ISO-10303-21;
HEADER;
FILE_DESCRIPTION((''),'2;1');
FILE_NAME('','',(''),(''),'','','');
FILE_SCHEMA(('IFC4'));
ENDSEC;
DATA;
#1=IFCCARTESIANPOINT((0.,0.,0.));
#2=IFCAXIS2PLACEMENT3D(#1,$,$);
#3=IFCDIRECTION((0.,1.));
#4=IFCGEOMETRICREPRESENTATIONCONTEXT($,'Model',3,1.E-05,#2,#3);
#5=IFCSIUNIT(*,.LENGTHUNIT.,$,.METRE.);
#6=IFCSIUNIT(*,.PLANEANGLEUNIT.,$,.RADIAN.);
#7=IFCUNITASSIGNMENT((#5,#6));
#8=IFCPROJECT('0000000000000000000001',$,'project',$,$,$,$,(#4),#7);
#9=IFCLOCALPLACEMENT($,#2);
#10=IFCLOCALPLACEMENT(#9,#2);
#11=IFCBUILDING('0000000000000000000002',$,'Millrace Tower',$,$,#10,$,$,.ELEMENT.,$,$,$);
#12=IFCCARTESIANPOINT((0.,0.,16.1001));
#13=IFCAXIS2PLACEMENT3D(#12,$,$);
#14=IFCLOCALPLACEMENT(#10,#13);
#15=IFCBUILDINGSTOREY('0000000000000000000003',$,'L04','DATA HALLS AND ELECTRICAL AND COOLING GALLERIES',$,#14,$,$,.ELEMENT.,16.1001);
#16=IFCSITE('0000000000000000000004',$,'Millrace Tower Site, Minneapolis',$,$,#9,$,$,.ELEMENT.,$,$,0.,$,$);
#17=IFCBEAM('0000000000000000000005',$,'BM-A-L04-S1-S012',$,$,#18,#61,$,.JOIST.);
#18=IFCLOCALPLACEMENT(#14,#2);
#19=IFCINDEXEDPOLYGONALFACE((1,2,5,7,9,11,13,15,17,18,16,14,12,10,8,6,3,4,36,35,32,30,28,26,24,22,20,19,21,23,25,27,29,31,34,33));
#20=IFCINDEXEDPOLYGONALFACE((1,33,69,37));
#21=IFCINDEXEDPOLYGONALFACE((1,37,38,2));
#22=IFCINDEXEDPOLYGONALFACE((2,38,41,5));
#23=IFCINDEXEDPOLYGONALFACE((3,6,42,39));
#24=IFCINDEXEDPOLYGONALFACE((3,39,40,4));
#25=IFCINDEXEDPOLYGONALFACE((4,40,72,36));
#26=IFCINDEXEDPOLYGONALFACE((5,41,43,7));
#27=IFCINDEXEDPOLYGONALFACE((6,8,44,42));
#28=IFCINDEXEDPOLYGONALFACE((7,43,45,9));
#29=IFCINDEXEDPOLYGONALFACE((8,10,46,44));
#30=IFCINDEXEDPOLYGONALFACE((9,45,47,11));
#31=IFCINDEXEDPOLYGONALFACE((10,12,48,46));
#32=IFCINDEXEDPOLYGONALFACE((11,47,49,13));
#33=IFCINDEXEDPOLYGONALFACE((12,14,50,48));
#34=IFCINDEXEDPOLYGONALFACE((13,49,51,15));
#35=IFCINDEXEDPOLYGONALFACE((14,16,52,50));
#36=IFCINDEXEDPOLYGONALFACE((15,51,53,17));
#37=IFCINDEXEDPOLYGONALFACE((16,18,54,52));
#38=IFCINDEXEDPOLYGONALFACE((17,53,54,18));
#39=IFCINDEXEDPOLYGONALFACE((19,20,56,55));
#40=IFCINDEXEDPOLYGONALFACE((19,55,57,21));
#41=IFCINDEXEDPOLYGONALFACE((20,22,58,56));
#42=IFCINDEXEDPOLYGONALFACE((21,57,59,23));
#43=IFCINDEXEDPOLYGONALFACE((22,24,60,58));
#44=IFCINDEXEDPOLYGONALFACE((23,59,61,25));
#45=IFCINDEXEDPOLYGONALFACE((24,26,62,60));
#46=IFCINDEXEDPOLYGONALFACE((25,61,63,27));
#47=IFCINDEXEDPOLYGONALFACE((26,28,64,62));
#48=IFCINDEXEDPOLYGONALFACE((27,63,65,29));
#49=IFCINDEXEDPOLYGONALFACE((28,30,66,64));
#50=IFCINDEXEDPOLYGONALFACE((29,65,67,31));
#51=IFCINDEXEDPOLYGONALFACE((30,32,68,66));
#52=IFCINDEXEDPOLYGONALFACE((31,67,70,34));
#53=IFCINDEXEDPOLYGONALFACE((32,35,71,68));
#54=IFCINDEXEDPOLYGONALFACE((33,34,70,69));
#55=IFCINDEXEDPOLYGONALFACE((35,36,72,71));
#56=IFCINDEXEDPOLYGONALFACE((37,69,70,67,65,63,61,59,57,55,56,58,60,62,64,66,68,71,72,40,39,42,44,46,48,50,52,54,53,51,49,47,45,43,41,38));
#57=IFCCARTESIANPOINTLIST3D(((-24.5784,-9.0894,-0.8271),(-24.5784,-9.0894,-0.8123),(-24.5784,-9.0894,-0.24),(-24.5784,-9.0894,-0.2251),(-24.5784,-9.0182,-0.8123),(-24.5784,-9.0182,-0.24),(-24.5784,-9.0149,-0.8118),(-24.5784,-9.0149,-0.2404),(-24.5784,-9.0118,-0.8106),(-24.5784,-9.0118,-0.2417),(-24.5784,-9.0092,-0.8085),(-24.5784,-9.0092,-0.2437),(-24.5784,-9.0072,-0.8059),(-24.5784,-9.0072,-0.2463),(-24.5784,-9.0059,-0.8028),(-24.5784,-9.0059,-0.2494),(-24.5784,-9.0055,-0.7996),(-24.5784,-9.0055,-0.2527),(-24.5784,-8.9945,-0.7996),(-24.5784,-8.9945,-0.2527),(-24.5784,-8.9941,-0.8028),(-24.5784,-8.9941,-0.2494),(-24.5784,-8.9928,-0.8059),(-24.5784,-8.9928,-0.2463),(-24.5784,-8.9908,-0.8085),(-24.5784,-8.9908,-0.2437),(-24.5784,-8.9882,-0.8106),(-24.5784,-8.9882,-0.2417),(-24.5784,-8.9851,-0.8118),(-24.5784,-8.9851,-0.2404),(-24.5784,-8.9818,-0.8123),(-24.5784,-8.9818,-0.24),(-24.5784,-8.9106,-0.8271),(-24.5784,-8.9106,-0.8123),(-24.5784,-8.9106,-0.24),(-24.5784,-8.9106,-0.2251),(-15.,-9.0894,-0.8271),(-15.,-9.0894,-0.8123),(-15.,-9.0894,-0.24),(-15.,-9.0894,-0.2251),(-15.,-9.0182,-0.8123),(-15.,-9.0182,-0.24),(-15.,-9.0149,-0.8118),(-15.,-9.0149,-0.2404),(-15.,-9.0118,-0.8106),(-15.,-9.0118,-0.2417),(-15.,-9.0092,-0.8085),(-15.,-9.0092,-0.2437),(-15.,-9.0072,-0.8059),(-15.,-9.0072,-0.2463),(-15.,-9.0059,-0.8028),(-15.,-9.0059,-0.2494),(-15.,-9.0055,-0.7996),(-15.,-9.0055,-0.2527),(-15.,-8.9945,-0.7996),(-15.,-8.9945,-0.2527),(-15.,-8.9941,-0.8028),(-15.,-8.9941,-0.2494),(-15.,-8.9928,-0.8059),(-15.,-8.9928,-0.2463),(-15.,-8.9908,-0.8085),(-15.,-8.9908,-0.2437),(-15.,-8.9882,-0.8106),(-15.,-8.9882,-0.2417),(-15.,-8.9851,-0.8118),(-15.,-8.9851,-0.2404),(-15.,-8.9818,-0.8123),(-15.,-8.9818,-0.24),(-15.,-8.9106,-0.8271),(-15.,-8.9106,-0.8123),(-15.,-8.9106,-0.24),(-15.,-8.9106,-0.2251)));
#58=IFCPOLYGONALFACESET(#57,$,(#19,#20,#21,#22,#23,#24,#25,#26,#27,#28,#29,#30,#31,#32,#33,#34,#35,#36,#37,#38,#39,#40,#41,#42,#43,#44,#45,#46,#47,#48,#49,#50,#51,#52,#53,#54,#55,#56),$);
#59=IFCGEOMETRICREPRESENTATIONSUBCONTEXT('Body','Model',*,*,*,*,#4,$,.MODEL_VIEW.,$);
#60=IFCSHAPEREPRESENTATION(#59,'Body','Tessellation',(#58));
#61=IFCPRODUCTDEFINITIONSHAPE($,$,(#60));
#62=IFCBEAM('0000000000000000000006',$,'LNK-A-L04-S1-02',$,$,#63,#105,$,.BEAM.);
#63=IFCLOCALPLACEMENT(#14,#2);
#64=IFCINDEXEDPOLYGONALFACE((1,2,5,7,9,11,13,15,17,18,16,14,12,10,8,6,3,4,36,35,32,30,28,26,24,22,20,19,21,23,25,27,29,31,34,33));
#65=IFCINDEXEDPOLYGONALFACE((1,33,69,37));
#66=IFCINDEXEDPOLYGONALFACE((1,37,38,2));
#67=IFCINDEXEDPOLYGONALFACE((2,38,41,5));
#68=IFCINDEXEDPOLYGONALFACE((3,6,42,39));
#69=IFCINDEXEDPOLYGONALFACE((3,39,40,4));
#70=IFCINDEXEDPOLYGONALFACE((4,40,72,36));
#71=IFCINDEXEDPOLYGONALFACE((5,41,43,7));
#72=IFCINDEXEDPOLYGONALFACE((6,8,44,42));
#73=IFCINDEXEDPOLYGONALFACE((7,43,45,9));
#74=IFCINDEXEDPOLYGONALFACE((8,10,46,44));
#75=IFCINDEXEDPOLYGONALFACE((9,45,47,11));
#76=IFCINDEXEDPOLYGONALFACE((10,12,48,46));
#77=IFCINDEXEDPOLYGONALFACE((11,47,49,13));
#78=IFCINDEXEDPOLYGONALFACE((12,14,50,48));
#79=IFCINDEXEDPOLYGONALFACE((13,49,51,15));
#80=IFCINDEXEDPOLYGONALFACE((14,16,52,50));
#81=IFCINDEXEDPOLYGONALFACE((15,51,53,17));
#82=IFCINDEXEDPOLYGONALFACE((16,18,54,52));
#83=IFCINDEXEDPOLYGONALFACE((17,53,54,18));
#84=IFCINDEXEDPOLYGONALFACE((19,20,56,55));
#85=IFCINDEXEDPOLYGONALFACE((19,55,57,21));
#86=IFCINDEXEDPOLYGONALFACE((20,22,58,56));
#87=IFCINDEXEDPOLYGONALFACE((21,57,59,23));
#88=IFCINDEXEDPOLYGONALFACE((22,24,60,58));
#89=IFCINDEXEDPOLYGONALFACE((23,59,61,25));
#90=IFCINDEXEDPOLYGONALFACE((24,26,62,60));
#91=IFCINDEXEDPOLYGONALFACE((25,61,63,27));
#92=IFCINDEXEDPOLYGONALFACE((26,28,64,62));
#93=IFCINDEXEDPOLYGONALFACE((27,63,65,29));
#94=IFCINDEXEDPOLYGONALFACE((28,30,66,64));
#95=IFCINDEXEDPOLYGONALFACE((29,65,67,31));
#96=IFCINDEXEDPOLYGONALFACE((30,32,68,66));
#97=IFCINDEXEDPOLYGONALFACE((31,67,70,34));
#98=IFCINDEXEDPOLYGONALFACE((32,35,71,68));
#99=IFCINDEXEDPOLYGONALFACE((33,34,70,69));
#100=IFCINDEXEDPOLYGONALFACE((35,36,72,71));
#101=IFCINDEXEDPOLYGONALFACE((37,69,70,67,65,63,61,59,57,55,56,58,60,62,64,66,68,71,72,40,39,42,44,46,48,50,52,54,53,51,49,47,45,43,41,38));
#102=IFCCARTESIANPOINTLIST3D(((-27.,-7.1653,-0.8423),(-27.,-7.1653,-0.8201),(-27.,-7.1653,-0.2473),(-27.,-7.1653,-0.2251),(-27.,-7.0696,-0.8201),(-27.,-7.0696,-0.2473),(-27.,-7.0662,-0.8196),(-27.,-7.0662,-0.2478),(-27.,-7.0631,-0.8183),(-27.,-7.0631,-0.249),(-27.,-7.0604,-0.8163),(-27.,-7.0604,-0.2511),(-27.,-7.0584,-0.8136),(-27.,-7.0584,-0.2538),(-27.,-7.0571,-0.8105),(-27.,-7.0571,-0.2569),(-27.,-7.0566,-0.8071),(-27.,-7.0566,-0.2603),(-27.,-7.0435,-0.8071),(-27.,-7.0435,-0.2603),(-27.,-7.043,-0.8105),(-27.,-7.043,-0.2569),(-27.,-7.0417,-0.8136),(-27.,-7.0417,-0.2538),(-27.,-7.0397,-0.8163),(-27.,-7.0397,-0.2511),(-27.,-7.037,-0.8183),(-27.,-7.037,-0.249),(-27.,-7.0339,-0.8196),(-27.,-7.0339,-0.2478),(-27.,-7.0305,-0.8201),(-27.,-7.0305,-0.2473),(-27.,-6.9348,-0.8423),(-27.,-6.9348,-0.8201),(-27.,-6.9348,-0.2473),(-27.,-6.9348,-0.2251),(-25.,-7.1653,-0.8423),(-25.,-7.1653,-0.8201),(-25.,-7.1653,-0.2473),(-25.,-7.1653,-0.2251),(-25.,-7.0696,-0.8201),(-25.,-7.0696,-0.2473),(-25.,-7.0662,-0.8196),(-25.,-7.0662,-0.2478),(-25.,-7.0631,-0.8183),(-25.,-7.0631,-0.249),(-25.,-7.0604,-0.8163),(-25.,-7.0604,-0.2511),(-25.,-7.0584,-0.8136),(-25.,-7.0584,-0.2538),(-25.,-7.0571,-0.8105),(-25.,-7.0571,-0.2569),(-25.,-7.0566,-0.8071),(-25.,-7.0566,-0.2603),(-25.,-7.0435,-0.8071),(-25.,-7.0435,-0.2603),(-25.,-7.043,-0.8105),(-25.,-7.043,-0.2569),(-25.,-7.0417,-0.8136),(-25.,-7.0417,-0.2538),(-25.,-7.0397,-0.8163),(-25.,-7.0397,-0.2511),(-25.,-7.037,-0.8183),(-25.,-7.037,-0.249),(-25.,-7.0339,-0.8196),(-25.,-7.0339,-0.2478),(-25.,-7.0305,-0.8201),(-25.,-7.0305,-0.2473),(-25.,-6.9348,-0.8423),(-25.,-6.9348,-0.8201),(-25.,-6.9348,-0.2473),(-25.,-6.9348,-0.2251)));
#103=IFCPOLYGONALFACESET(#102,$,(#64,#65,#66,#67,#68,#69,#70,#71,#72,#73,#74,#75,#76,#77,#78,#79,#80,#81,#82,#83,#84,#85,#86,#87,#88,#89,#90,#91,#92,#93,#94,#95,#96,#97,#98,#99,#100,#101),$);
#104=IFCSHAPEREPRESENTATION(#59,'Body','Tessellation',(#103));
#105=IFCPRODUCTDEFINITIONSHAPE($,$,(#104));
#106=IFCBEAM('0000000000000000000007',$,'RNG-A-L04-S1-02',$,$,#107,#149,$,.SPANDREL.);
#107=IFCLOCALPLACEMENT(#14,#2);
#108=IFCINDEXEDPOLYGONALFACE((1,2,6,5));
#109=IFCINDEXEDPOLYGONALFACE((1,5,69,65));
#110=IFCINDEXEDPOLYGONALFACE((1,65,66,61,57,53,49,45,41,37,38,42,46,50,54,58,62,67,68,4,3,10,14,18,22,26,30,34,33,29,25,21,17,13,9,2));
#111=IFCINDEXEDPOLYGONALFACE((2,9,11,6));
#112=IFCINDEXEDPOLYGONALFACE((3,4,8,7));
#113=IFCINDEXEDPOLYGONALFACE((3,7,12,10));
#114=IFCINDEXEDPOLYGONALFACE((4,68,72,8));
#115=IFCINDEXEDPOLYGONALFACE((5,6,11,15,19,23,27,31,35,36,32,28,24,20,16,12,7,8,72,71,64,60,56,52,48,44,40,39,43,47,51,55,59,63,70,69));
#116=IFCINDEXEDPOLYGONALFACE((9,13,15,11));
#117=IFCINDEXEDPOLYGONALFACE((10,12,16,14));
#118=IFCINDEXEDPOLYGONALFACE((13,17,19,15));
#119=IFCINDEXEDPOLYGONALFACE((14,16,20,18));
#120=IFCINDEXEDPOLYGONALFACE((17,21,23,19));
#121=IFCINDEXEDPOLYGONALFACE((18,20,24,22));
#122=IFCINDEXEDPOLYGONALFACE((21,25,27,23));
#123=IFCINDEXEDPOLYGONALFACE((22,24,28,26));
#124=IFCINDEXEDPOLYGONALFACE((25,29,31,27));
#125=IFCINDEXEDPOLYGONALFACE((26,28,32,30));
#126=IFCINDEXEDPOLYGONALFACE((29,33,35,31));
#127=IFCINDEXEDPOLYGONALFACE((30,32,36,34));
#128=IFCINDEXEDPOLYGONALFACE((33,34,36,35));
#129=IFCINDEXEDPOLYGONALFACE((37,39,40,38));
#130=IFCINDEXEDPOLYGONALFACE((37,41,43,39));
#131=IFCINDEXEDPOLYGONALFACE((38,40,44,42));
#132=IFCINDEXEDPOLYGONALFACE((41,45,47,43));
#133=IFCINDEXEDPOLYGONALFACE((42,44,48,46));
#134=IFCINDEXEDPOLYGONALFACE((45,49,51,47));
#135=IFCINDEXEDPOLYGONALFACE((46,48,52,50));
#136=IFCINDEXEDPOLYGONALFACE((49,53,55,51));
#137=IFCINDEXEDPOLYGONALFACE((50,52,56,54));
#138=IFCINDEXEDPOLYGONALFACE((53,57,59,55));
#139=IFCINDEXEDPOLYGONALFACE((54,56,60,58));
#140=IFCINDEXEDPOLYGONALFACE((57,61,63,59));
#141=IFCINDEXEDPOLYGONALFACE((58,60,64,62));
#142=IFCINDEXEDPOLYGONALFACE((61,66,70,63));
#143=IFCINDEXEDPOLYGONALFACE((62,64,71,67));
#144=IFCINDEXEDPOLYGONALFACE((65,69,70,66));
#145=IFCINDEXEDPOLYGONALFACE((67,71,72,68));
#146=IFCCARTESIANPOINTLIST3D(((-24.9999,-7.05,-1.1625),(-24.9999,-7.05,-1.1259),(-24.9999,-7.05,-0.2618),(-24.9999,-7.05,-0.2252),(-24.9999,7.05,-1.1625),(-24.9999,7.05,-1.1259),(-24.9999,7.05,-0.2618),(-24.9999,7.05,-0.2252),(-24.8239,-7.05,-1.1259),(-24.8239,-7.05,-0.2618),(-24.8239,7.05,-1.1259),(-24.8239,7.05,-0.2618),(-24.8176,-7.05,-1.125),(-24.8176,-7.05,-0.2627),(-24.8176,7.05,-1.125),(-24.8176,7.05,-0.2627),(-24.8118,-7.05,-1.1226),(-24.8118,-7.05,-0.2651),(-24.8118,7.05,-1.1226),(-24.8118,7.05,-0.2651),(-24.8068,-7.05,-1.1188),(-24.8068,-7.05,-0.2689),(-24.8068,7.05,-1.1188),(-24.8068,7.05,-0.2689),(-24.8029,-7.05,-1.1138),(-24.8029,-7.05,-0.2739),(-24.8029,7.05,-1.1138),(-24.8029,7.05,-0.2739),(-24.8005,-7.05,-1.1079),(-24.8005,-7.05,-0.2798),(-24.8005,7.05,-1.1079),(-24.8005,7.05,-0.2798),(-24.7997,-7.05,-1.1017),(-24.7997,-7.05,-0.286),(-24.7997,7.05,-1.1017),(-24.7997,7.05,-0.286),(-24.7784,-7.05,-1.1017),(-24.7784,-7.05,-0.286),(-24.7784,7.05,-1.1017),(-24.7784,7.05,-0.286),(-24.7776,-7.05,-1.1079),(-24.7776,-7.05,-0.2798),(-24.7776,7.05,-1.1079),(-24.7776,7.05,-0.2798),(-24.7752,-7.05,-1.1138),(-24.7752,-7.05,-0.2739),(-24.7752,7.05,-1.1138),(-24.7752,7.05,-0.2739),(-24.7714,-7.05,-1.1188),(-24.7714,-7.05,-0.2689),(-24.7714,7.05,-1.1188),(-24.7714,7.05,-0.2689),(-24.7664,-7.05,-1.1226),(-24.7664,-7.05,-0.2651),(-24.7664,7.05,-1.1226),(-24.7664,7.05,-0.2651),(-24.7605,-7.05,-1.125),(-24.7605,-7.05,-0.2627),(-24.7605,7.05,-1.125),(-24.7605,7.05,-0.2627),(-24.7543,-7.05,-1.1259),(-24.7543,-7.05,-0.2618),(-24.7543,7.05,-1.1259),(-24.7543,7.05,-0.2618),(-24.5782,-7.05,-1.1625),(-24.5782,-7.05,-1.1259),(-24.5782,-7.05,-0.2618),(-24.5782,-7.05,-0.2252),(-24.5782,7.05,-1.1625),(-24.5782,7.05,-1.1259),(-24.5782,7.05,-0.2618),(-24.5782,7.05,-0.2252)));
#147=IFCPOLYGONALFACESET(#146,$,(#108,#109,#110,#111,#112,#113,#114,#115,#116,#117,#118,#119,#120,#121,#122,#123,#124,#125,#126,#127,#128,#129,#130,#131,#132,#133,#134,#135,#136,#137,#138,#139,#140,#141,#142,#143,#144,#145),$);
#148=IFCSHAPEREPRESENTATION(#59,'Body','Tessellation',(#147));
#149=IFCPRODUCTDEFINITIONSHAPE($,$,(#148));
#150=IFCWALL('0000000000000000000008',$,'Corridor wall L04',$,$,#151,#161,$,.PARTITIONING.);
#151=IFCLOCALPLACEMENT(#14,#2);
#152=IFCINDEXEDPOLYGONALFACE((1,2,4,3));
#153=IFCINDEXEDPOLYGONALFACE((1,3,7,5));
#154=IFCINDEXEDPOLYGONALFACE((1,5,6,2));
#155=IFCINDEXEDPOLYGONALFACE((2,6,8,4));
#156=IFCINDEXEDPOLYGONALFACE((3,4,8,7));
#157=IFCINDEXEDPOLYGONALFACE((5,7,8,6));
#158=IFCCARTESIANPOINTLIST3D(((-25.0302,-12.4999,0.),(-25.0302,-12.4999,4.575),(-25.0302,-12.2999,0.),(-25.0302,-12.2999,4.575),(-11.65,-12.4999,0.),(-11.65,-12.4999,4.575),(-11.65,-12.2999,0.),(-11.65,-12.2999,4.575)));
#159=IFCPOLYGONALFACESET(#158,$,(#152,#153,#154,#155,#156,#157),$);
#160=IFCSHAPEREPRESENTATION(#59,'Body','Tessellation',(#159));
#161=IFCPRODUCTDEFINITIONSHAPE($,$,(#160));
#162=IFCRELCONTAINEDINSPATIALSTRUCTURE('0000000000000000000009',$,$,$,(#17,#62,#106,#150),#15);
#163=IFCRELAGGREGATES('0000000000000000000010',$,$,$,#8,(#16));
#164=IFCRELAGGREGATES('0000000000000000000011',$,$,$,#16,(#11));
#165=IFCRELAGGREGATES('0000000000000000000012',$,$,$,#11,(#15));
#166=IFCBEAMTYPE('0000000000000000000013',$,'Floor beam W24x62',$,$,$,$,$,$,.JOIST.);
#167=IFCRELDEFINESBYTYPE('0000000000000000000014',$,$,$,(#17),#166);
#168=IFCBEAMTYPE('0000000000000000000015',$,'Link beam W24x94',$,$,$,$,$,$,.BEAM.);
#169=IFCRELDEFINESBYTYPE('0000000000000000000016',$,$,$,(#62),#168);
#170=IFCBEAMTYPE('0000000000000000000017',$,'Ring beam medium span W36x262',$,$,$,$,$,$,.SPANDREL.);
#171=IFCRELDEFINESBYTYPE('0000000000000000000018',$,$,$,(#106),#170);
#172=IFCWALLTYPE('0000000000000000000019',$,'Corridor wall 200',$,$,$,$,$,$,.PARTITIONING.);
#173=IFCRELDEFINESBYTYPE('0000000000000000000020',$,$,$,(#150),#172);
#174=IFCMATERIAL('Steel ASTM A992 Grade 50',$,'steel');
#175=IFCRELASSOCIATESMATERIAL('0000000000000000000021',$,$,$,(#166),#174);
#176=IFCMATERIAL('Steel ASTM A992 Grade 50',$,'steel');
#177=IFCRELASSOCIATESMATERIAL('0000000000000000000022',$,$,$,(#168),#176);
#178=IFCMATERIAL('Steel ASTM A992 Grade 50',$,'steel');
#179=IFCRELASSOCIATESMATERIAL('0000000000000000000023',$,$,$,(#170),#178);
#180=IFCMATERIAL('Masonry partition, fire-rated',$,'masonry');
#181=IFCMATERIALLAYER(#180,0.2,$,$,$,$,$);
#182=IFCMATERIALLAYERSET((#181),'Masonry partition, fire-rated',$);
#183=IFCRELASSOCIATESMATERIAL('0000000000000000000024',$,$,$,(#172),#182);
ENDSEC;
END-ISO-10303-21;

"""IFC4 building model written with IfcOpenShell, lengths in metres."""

from ifc_helpers import new_model, si_unit, direction, frame, frame_2d, origin, origin_2d, place, context, subcontext, project, spatial, rectangle, i_section, extrude, material, layer, layer_set, material_profile, profile_set, type_object, element, save


model = new_model("IFC4")

# Units and contexts
model_context = context("Model", 3, precision=1e-05, world=origin(), true_north=direction((0.0, 1.0)))
body_context = subcontext(model_context, "Body", "Model", "MODEL_VIEW")
ifc_project = project(units=[si_unit("LENGTHUNIT", "METRE"), si_unit("PLANEANGLEUNIT", "RADIAN")], contexts=[model_context])

# Site, building, storey
site_placement = place(None, origin())
site = spatial("IfcSite", under=ifc_project, at=site_placement, Name="Millrace Tower Site, Minneapolis", CompositionType="ELEMENT", RefElevation=0.0)
building_placement = place(site_placement, origin())
building = spatial("IfcBuilding", under=site, at=building_placement, Name="Millrace Tower", CompositionType="ELEMENT")
storey_placement = place(building_placement, frame((0.0, 0.0, 16.1001)))
storey = spatial("IfcBuildingStorey", under=building, at=storey_placement, Name="L04", Description="DATA HALLS AND ELECTRICAL AND COOLING GALLERIES", CompositionType="ELEMENT", Elevation=16.1001)

# Beams
ifc_material_1 = material(Name="Steel ASTM A992 Grade 50", Category="steel")
ifc_material_profile_1 = material_profile(ifc_material_1, i_section(OverallWidth=0.1787, OverallDepth=0.6021, WebThickness=0.011, FlangeThickness=0.0149, FilletRadius=0.0127, at=origin_2d()))
ifc_profile_set_1 = profile_set([ifc_material_profile_1], Name="Steel ASTM A992 Grade 50")
beam_type_1 = type_object("IfcBeamType", Name="Floor beam W24x62", PredefinedType="JOIST", material=ifc_profile_set_1)
beam_1_placement = place(storey_placement, frame((-24.5784, -9.0, -0.5261), z_axis=(1.0, 0.0, 0.0), x_axis=(0.0, 1.0, 0.0)))
element("IfcBeam", 1, at=beam_1_placement, inside=storey, type_object=beam_type_1, Name="BM-A-L04-S1-S012", PredefinedType="JOIST", context=body_context, shape_type="SweptSolid", body=[
    extrude(i_section(OverallWidth=0.1787, OverallDepth=0.6021, WebThickness=0.011, FlangeThickness=0.0149, FilletRadius=0.0127, at=origin_2d()), origin(), (0.0, 0.0, 1.0), 9.5784),
])
ifc_material_2 = material(Name="Steel ASTM A992 Grade 50", Category="steel")
ifc_material_profile_2 = material_profile(ifc_material_2, i_section(OverallWidth=0.2305, OverallDepth=0.6172, WebThickness=0.0132, FlangeThickness=0.0222, FilletRadius=0.0129, at=origin_2d()))
ifc_profile_set_2 = profile_set([ifc_material_profile_2], Name="Steel ASTM A992 Grade 50")
beam_type_2 = type_object("IfcBeamType", Name="Link beam W24x94", PredefinedType="BEAM", material=ifc_profile_set_2)
beam_2_placement = place(storey_placement, frame((-25.0, -7.05, -0.5337), z_axis=(-1.0, 0.0, 0.0), x_axis=(0.0, -1.0, 0.0)))
element("IfcBeam", 2, at=beam_2_placement, inside=storey, type_object=beam_type_2, Name="LNK-A-L04-S1-02", PredefinedType="BEAM", context=body_context, shape_type="SweptSolid", body=[
    extrude(i_section(OverallWidth=0.2305, OverallDepth=0.6172, WebThickness=0.0132, FlangeThickness=0.0222, FilletRadius=0.0129, at=origin_2d()), origin(), (0.0, 0.0, 1.0), 2.0),
])
ifc_material_3 = material(Name="Steel ASTM A992 Grade 50", Category="steel")
ifc_material_profile_3 = material_profile(ifc_material_3, i_section(OverallWidth=0.4216, OverallDepth=0.9373, WebThickness=0.0212, FlangeThickness=0.0366, FilletRadius=0.0242, at=origin_2d()))
ifc_profile_set_3 = profile_set([ifc_material_profile_3], Name="Steel ASTM A992 Grade 50")
beam_type_3 = type_object("IfcBeamType", Name="Ring beam medium span W36x262", PredefinedType="SPANDREL", material=ifc_profile_set_3)
beam_3_placement = place(storey_placement, frame((-24.7891, -7.05, -0.6938), z_axis=(0.0, 1.0, 0.0), x_axis=(-1.0, 0.0, 0.0)))
element("IfcBeam", 3, at=beam_3_placement, inside=storey, type_object=beam_type_3, Name="RNG-A-L04-S1-02", PredefinedType="SPANDREL", context=body_context, shape_type="SweptSolid", body=[
    extrude(i_section(OverallWidth=0.4216, OverallDepth=0.9373, WebThickness=0.0212, FlangeThickness=0.0366, FilletRadius=0.0242, at=origin_2d()), origin(), (0.0, 0.0, 1.0), 14.1001),
])

# Wall
ifc_material_4 = material(Name="Masonry partition, fire-rated", Category="masonry")
ifc_layer_1 = layer(ifc_material_4, 0.2)
ifc_layer_set_1 = layer_set([ifc_layer_1], Name="Masonry partition, fire-rated")
wall_type = type_object("IfcWallType", Name="Corridor wall 200", PredefinedType="PARTITIONING", material=ifc_layer_set_1)
wall_placement = place(storey_placement, frame((-25.03, -12.3999, 0.0), z_axis=(0.0, 0.0, 1.0), x_axis=(1.0, 0.0, 0.0)))
element("IfcWall", 4, at=wall_placement, inside=storey, type_object=wall_type, Name="Corridor wall L04", PredefinedType="PARTITIONING", context=body_context, shape_type="SweptSolid", body=[
    extrude(rectangle(XDim=13.3801, YDim=0.2, at=frame_2d((6.6899, 0.0))), origin(), (0.0, 0.0, 1.0), 4.575),
])

save(model, "model.ifc")
